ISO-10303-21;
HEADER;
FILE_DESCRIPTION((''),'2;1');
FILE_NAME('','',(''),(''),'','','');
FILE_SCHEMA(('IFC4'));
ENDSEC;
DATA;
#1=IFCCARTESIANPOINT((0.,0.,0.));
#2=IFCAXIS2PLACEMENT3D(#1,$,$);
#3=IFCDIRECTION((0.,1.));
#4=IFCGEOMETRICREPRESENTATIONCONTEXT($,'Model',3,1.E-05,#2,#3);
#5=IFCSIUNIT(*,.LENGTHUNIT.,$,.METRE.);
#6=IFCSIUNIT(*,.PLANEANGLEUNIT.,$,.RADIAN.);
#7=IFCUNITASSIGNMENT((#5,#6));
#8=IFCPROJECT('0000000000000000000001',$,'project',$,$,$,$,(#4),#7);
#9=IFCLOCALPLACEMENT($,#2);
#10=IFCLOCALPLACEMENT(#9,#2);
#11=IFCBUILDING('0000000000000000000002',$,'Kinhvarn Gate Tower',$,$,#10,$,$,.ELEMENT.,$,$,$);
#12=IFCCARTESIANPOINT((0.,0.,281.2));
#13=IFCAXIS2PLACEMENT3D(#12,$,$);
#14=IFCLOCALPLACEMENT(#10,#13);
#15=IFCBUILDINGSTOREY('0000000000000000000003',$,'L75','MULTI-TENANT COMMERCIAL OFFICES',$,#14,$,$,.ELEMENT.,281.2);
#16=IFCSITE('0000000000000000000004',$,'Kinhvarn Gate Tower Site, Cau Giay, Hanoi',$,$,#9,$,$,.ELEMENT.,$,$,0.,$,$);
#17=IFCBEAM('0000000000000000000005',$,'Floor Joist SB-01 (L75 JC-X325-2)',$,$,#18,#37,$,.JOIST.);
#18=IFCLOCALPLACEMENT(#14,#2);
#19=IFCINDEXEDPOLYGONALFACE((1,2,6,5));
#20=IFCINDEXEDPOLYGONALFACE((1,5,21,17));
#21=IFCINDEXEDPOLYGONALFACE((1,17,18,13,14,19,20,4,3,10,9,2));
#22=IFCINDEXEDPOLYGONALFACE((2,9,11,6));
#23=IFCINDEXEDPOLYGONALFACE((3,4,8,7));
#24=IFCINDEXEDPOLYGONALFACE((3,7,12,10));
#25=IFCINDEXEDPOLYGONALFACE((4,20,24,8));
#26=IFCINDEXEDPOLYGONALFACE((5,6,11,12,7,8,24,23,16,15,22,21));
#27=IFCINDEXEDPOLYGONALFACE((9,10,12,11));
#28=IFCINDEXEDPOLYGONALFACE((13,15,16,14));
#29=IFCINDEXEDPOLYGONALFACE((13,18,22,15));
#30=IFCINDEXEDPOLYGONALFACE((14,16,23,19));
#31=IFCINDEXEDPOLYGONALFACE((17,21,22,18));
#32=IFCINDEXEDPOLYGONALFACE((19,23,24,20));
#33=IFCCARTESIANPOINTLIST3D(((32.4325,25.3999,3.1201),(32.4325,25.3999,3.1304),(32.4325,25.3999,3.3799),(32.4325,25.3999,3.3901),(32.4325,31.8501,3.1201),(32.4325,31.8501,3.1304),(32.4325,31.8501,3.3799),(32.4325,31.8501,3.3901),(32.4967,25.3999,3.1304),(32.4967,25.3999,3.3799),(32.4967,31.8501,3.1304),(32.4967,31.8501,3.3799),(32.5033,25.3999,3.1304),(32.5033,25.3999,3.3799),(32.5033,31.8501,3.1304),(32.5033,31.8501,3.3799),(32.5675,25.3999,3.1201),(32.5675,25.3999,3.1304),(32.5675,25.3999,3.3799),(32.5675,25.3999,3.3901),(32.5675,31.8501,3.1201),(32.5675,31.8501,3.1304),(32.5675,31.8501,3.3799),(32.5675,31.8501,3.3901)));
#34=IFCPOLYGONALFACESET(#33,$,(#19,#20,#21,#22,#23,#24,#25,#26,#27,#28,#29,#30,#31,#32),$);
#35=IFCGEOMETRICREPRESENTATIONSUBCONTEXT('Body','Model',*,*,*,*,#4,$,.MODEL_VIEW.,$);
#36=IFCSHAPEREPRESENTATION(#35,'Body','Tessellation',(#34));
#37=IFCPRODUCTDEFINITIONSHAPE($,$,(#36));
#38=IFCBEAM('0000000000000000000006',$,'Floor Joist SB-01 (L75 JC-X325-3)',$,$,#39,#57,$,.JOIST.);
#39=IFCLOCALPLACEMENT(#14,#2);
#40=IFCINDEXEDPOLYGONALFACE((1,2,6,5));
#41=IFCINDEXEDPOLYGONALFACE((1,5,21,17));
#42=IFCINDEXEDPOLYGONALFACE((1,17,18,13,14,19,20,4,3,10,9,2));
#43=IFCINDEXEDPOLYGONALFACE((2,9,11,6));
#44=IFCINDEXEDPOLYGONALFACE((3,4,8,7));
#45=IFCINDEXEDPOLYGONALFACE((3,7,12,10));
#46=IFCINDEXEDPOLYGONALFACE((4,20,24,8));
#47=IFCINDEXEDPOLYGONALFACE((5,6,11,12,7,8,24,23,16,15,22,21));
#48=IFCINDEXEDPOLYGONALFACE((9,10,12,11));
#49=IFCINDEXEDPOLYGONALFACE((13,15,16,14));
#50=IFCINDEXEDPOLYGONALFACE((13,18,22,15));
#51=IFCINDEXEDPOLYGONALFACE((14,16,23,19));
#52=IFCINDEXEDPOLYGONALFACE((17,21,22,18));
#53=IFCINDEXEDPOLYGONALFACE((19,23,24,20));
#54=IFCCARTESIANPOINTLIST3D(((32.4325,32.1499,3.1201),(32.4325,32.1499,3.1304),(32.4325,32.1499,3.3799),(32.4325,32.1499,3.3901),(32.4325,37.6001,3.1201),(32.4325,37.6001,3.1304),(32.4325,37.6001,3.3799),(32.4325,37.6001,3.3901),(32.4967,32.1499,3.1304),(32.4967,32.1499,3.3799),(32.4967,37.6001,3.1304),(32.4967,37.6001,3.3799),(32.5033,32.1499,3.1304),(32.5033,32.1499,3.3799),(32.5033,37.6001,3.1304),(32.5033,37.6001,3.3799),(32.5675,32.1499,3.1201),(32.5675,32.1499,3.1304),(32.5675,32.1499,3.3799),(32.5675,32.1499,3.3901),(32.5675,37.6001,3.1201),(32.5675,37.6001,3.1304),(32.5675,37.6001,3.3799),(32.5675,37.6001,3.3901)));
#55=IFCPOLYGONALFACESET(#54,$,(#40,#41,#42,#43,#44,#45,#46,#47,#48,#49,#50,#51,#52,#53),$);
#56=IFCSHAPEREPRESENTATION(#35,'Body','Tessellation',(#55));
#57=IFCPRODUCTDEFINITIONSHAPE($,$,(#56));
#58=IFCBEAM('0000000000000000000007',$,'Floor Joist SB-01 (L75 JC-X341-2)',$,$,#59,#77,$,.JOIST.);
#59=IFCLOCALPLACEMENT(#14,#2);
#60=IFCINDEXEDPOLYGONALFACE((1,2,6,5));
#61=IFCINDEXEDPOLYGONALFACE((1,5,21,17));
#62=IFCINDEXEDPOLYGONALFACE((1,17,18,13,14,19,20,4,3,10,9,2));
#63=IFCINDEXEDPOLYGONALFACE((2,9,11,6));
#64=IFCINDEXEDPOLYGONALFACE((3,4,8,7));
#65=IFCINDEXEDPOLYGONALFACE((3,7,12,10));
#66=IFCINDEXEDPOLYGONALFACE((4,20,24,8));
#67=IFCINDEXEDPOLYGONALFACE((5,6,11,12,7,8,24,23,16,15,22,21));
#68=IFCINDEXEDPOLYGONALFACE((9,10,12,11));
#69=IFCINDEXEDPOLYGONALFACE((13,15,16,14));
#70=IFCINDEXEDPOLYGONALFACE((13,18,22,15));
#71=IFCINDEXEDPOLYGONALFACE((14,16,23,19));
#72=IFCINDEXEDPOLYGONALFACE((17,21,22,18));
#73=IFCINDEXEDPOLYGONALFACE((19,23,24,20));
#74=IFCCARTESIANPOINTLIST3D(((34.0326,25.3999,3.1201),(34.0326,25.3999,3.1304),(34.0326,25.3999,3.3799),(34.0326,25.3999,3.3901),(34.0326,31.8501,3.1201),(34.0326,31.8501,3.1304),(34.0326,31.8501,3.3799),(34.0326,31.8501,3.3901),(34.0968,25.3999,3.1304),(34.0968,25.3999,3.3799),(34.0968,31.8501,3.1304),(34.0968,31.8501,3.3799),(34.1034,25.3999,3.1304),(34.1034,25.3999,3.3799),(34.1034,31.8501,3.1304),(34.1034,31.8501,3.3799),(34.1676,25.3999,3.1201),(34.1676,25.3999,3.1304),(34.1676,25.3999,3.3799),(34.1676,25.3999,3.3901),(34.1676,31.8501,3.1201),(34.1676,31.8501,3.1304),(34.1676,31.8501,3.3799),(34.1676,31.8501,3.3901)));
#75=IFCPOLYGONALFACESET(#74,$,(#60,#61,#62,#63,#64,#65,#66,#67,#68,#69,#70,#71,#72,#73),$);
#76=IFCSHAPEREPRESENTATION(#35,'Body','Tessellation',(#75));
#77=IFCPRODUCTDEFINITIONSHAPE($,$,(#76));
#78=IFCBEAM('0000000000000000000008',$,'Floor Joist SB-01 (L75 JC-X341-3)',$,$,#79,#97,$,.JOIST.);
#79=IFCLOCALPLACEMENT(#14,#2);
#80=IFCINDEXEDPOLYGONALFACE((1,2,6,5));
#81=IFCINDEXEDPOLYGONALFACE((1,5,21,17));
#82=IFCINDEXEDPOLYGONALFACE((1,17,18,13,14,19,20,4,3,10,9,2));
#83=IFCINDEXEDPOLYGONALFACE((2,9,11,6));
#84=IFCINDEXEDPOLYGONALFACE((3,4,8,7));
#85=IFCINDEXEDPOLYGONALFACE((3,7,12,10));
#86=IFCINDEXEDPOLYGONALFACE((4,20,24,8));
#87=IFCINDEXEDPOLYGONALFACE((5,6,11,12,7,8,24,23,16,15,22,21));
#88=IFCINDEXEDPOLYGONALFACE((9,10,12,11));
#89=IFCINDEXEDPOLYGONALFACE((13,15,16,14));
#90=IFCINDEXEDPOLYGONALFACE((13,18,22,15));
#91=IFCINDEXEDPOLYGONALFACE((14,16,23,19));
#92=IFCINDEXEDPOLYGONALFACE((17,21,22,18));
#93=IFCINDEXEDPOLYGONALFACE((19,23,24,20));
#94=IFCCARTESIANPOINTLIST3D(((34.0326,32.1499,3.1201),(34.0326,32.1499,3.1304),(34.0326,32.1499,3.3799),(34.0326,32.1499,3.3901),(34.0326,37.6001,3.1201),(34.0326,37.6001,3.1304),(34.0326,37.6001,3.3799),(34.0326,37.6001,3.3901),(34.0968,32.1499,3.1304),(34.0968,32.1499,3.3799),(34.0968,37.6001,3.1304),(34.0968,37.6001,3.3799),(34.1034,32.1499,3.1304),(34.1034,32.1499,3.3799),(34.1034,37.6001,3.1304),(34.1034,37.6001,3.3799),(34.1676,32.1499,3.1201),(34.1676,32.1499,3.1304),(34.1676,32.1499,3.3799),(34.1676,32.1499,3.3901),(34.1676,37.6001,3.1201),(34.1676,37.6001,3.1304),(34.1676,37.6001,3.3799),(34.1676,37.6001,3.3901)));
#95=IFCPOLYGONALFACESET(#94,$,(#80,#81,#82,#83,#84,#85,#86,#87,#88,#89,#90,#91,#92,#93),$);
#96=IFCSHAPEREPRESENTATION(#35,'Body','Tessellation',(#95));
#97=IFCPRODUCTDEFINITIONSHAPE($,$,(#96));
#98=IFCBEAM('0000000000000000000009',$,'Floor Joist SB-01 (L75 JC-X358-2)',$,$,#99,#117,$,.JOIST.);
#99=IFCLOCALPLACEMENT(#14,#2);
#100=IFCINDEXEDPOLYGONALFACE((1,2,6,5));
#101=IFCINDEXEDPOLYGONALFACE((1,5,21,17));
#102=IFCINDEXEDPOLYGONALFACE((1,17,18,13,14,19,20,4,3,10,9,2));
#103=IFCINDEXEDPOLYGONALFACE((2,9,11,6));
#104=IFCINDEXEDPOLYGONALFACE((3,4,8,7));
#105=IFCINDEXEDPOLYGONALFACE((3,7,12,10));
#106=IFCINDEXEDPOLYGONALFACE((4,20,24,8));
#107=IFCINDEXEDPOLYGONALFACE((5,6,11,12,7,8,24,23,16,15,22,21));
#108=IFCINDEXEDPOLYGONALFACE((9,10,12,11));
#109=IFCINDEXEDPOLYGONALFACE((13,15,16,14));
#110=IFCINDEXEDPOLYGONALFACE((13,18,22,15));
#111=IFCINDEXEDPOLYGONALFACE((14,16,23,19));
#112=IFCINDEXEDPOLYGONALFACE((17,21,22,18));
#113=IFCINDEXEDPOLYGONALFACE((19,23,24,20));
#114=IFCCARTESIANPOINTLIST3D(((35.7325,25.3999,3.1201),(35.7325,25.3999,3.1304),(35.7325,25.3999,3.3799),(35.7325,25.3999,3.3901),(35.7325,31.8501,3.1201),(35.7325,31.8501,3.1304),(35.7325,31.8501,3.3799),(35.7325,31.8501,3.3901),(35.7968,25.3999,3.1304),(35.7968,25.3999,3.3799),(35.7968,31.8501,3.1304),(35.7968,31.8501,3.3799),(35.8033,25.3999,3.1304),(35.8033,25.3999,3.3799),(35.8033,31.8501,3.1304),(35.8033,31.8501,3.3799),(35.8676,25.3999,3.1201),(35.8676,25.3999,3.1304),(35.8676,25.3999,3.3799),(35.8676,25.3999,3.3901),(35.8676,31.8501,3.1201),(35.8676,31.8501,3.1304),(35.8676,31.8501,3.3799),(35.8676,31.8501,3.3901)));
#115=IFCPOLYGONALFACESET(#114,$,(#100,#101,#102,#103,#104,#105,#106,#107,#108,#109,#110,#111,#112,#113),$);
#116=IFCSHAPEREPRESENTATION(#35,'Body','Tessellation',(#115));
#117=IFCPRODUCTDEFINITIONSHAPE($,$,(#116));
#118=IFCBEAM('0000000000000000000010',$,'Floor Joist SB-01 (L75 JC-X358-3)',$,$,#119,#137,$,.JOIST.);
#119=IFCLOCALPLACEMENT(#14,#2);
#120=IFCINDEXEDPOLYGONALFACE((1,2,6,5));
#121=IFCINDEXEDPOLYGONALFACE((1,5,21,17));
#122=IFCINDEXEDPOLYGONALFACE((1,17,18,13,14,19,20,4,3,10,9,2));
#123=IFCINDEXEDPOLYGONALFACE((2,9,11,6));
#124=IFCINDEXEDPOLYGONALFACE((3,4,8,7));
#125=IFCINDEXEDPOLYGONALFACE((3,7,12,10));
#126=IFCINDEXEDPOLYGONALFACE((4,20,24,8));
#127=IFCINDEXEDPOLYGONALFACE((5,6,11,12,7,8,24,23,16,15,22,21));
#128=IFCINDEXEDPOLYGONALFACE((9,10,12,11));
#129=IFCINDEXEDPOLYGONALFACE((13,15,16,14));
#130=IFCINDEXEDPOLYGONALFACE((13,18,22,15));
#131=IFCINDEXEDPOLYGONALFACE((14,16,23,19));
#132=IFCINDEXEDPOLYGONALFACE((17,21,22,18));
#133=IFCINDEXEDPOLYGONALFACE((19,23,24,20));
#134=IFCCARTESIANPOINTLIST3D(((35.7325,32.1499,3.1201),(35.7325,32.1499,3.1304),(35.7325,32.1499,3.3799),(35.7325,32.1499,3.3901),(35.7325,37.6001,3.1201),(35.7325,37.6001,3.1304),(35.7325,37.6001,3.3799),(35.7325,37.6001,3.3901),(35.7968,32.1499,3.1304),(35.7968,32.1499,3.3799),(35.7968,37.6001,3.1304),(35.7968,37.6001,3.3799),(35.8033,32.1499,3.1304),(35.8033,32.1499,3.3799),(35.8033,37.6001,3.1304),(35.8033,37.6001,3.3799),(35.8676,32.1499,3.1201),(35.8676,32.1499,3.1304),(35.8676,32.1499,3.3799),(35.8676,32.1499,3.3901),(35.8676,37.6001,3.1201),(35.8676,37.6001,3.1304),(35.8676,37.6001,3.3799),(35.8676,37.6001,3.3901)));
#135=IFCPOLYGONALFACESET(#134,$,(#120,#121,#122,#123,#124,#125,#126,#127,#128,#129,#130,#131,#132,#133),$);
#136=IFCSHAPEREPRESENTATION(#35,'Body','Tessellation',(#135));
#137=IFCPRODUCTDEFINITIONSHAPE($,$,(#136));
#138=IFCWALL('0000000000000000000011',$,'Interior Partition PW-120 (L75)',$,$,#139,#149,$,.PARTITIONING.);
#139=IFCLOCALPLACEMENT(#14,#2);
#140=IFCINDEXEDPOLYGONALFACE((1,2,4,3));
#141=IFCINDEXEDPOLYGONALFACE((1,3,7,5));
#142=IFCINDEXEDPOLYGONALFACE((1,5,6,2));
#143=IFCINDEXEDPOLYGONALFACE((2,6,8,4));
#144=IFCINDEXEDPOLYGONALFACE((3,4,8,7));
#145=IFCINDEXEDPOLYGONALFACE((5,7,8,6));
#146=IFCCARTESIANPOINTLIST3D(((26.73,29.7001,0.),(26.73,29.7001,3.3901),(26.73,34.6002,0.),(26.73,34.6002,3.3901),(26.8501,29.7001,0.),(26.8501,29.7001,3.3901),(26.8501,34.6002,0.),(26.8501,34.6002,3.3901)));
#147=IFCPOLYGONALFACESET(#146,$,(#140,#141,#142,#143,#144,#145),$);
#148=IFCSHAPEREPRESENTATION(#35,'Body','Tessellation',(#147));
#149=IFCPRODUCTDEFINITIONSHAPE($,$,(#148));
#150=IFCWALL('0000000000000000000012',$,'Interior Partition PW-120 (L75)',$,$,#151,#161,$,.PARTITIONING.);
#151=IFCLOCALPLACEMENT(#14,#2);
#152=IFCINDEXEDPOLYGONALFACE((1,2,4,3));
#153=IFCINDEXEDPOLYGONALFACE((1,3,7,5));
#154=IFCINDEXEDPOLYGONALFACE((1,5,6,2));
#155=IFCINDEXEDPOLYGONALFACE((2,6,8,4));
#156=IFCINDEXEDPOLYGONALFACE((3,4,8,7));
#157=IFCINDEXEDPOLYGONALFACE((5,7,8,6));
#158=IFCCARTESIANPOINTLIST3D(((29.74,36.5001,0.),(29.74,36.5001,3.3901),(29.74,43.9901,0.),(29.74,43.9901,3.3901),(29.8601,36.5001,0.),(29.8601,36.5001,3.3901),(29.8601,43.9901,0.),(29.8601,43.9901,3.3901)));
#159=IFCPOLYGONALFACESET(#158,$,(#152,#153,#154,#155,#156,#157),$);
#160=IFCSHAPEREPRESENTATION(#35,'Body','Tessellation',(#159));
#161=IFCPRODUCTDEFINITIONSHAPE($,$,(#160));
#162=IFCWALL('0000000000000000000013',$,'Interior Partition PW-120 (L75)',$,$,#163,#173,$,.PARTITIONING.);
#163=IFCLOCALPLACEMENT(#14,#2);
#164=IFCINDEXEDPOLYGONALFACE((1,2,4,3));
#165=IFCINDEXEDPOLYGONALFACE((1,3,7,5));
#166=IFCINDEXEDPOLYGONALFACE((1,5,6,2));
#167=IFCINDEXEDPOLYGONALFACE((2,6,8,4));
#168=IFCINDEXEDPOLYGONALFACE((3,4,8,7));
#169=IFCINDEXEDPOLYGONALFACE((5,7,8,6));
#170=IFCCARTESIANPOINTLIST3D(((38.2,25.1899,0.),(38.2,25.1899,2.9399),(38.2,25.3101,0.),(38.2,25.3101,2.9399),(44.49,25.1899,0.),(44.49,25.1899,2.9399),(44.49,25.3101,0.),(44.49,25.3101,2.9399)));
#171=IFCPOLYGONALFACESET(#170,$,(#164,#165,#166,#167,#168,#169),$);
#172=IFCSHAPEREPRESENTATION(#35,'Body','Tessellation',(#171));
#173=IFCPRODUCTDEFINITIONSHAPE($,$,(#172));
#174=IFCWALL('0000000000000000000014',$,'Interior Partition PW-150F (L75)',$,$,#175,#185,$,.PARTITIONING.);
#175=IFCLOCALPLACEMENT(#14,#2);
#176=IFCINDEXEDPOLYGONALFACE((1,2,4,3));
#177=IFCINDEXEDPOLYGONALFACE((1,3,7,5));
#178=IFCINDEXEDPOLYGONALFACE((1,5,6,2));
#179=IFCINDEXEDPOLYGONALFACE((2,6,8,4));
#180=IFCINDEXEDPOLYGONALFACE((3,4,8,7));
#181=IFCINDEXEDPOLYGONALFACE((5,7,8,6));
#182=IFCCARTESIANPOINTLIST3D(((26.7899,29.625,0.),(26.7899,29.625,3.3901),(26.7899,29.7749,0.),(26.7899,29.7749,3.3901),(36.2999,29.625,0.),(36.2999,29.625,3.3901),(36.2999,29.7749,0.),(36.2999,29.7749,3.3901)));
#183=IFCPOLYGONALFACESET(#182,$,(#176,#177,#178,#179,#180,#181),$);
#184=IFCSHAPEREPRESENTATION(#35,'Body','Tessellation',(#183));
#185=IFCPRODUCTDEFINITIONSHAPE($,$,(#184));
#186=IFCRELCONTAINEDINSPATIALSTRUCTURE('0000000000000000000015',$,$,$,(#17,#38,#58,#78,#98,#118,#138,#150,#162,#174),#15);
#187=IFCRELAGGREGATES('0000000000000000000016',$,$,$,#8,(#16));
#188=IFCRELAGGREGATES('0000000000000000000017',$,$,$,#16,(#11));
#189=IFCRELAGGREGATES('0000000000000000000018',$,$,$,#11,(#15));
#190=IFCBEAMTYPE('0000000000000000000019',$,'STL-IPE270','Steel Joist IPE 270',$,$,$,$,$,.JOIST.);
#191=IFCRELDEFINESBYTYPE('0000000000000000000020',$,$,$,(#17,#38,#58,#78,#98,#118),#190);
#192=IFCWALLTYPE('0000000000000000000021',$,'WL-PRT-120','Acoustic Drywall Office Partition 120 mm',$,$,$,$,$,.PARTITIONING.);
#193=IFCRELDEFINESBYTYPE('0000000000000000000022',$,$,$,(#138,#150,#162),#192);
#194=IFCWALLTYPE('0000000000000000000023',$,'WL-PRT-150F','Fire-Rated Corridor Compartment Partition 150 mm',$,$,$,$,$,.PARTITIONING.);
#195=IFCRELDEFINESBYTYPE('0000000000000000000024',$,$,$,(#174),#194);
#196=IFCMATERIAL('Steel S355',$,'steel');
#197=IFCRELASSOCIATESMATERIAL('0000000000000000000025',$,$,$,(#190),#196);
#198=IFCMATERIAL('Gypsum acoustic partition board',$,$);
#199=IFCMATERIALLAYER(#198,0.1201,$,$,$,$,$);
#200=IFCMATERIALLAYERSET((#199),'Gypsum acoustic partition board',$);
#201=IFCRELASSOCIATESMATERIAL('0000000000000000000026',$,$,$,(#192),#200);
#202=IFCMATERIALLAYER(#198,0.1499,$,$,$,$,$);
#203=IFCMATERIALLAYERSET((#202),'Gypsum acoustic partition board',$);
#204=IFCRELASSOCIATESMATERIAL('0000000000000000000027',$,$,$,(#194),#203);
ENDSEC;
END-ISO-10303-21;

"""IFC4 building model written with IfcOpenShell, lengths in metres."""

from ifc_helpers import new_model, si_unit, direction, frame, frame_2d, origin, origin_2d, place, context, subcontext, project, spatial, rectangle, i_section, extrude, material, layer, layer_set, material_profile, profile_set, type_object, element, save


model = new_model("IFC4")

# Units and contexts
model_context = context("Model", 3, precision=1e-05, world=origin(), true_north=direction((0.0, 1.0)))
body_context = subcontext(model_context, "Body", "Model", "MODEL_VIEW")
ifc_project = project(units=[si_unit("LENGTHUNIT", "METRE"), si_unit("PLANEANGLEUNIT", "RADIAN")], contexts=[model_context])

# Site, building, storey
site_placement = place(None, origin())
site = spatial("IfcSite", under=ifc_project, at=site_placement, Name="Kinhvarn Gate Tower Site, Cau Giay, Hanoi", CompositionType="ELEMENT", RefElevation=0.0)
building_placement = place(site_placement, origin())
building = spatial("IfcBuilding", under=site, at=building_placement, Name="Kinhvarn Gate Tower", CompositionType="ELEMENT")
storey_placement = place(building_placement, frame((0.0, 0.0, 281.2)))
storey = spatial("IfcBuildingStorey", under=building, at=storey_placement, Name="L75", Description="MULTI-TENANT COMMERCIAL OFFICES", CompositionType="ELEMENT", Elevation=281.2)

# Beams
ifc_material_1 = material(Name="Steel S355", Category="steel")
ifc_material_profile_1 = material_profile(ifc_material_1, i_section(OverallWidth=0.135, OverallDepth=0.27, WebThickness=0.0066, FlangeThickness=0.0103, at=origin_2d()), Name="IPE 270")
ifc_profile_set_1 = profile_set([ifc_material_profile_1], Name="Steel S355")
beam_type_1 = type_object("IfcBeamType", Name="STL-IPE270", Description="Steel Joist IPE 270", PredefinedType="JOIST", material=ifc_profile_set_1)
beam_1_placement = place(storey_placement, frame((32.5, 25.3999, 3.2551), z_axis=(0.0, 1.0, 0.0), x_axis=(-1.0, 0.0, 0.0)))
element("IfcBeam", 1, at=beam_1_placement, inside=storey, type_object=beam_type_1, Name="Floor Joist SB-01 (L75 JC-X325-2)", PredefinedType="JOIST", context=body_context, shape_type="SweptSolid", body=[
    extrude(i_section(OverallWidth=0.135, OverallDepth=0.27, WebThickness=0.0066, FlangeThickness=0.0103, at=origin_2d()), origin(), (0.0, 0.0, 1.0), 6.4502),
])
beam_2_placement = place(storey_placement, frame((32.5, 32.1499, 3.2551), z_axis=(0.0, 1.0, 0.0), x_axis=(-1.0, 0.0, 0.0)))
element("IfcBeam", 2, at=beam_2_placement, inside=storey, type_object=beam_type_1, Name="Floor Joist SB-01 (L75 JC-X325-3)", PredefinedType="JOIST", context=body_context, shape_type="SweptSolid", body=[
    extrude(i_section(OverallWidth=0.135, OverallDepth=0.27, WebThickness=0.0066, FlangeThickness=0.0103, at=origin_2d()), origin(), (0.0, 0.0, 1.0), 5.4502),
])
beam_3_placement = place(storey_placement, frame((34.1001, 25.3999, 3.2551), z_axis=(0.0, 1.0, 0.0), x_axis=(-1.0, 0.0, 0.0)))
element("IfcBeam", 3, at=beam_3_placement, inside=storey, type_object=beam_type_1, Name="Floor Joist SB-01 (L75 JC-X341-2)", PredefinedType="JOIST", context=body_context, shape_type="SweptSolid", body=[
    extrude(i_section(OverallWidth=0.135, OverallDepth=0.27, WebThickness=0.0066, FlangeThickness=0.0103, at=origin_2d()), origin(), (0.0, 0.0, 1.0), 6.4502),
])
beam_4_placement = place(storey_placement, frame((34.1001, 32.1499, 3.2551), z_axis=(0.0, 1.0, 0.0), x_axis=(-1.0, 0.0, 0.0)))
element("IfcBeam", 4, at=beam_4_placement, inside=storey, type_object=beam_type_1, Name="Floor Joist SB-01 (L75 JC-X341-3)", PredefinedType="JOIST", context=body_context, shape_type="SweptSolid", body=[
    extrude(i_section(OverallWidth=0.135, OverallDepth=0.27, WebThickness=0.0066, FlangeThickness=0.0103, at=origin_2d()), origin(), (0.0, 0.0, 1.0), 5.4502),
])
beam_5_placement = place(storey_placement, frame((35.8, 25.3999, 3.2551), z_axis=(0.0, 1.0, 0.0), x_axis=(-1.0, 0.0, 0.0)))
element("IfcBeam", 5, at=beam_5_placement, inside=storey, type_object=beam_type_1, Name="Floor Joist SB-01 (L75 JC-X358-2)", PredefinedType="JOIST", context=body_context, shape_type="SweptSolid", body=[
    extrude(i_section(OverallWidth=0.135, OverallDepth=0.27, WebThickness=0.0066, FlangeThickness=0.0103, at=origin_2d()), origin(), (0.0, 0.0, 1.0), 6.4502),
])
beam_6_placement = place(storey_placement, frame((35.8, 32.1499, 3.2551), z_axis=(0.0, 1.0, 0.0), x_axis=(-1.0, 0.0, 0.0)))
element("IfcBeam", 6, at=beam_6_placement, inside=storey, type_object=beam_type_1, Name="Floor Joist SB-01 (L75 JC-X358-3)", PredefinedType="JOIST", context=body_context, shape_type="SweptSolid", body=[
    extrude(i_section(OverallWidth=0.135, OverallDepth=0.27, WebThickness=0.0066, FlangeThickness=0.0103, at=origin_2d()), origin(), (0.0, 0.0, 1.0), 5.4502),
])

# Walls
ifc_material_2 = material(Name="Gypsum acoustic partition board")
ifc_layer_1 = layer(ifc_material_2, 0.1201)
ifc_layer_set_1 = layer_set([ifc_layer_1], Name="Gypsum acoustic partition board")
wall_type_1 = type_object("IfcWallType", Name="WL-PRT-120", Description="Acoustic Drywall Office Partition 120 mm", PredefinedType="PARTITIONING", material=ifc_layer_set_1)
wall_1_placement = place(storey_placement, frame((26.79, 29.7, 0.0), z_axis=(0.0, 0.0, 1.0), x_axis=(0.0, 1.0, 0.0)))
element("IfcWall", 7, at=wall_1_placement, inside=storey, type_object=wall_type_1, Name="Interior Partition PW-120 (L75)", PredefinedType="PARTITIONING", context=body_context, shape_type="SweptSolid", body=[
    extrude(rectangle(XDim=4.9001, YDim=0.1201, at=frame_2d((2.4502, 0.0))), origin(), (0.0, 0.0, 1.0), 3.3901),
])
wall_2_placement = place(storey_placement, frame((29.8, 36.5, 0.0), z_axis=(0.0, 0.0, 1.0), x_axis=(0.0, 1.0, 0.0)))
element("IfcWall", 8, at=wall_2_placement, inside=storey, type_object=wall_type_1, Name="Interior Partition PW-120 (L75)", PredefinedType="PARTITIONING", context=body_context, shape_type="SweptSolid", body=[
    extrude(rectangle(XDim=7.49, YDim=0.1201, at=frame_2d((3.7451, 0.0))), origin(), (0.0, 0.0, 1.0), 3.3901),
])
wall_3_placement = place(storey_placement, frame((38.2, 25.25, 0.0), z_axis=(0.0, 0.0, 1.0), x_axis=(1.0, 0.0, 0.0)))
element("IfcWall", 9, at=wall_3_placement, inside=storey, type_object=wall_type_1, Name="Interior Partition PW-120 (L75)", PredefinedType="PARTITIONING", context=body_context, shape_type="SweptSolid", body=[
    extrude(rectangle(XDim=6.29, YDim=0.1201, at=frame_2d((3.145, 0.0))), origin(), (0.0, 0.0, 1.0), 2.9399),
])
ifc_layer_2 = layer(ifc_material_2, 0.1499)
ifc_layer_set_2 = layer_set([ifc_layer_2], Name="Gypsum acoustic partition board")
wall_type_2 = type_object("IfcWallType", Name="WL-PRT-150F", Description="Fire-Rated Corridor Compartment Partition 150 mm", PredefinedType="PARTITIONING", material=ifc_layer_set_2)
wall_4_placement = place(storey_placement, frame((26.79, 29.7, 0.0), z_axis=(0.0, 0.0, 1.0), x_axis=(1.0, 0.0, 0.0)))
element("IfcWall", 10, at=wall_4_placement, inside=storey, type_object=wall_type_2, Name="Interior Partition PW-150F (L75)", PredefinedType="PARTITIONING", context=body_context, shape_type="SweptSolid", body=[
    extrude(rectangle(XDim=9.51, YDim=0.1499, at=frame_2d((4.7549, 0.0))), origin(), (0.0, 0.0, 1.0), 3.3901),
])

save(model, "model.ifc")
